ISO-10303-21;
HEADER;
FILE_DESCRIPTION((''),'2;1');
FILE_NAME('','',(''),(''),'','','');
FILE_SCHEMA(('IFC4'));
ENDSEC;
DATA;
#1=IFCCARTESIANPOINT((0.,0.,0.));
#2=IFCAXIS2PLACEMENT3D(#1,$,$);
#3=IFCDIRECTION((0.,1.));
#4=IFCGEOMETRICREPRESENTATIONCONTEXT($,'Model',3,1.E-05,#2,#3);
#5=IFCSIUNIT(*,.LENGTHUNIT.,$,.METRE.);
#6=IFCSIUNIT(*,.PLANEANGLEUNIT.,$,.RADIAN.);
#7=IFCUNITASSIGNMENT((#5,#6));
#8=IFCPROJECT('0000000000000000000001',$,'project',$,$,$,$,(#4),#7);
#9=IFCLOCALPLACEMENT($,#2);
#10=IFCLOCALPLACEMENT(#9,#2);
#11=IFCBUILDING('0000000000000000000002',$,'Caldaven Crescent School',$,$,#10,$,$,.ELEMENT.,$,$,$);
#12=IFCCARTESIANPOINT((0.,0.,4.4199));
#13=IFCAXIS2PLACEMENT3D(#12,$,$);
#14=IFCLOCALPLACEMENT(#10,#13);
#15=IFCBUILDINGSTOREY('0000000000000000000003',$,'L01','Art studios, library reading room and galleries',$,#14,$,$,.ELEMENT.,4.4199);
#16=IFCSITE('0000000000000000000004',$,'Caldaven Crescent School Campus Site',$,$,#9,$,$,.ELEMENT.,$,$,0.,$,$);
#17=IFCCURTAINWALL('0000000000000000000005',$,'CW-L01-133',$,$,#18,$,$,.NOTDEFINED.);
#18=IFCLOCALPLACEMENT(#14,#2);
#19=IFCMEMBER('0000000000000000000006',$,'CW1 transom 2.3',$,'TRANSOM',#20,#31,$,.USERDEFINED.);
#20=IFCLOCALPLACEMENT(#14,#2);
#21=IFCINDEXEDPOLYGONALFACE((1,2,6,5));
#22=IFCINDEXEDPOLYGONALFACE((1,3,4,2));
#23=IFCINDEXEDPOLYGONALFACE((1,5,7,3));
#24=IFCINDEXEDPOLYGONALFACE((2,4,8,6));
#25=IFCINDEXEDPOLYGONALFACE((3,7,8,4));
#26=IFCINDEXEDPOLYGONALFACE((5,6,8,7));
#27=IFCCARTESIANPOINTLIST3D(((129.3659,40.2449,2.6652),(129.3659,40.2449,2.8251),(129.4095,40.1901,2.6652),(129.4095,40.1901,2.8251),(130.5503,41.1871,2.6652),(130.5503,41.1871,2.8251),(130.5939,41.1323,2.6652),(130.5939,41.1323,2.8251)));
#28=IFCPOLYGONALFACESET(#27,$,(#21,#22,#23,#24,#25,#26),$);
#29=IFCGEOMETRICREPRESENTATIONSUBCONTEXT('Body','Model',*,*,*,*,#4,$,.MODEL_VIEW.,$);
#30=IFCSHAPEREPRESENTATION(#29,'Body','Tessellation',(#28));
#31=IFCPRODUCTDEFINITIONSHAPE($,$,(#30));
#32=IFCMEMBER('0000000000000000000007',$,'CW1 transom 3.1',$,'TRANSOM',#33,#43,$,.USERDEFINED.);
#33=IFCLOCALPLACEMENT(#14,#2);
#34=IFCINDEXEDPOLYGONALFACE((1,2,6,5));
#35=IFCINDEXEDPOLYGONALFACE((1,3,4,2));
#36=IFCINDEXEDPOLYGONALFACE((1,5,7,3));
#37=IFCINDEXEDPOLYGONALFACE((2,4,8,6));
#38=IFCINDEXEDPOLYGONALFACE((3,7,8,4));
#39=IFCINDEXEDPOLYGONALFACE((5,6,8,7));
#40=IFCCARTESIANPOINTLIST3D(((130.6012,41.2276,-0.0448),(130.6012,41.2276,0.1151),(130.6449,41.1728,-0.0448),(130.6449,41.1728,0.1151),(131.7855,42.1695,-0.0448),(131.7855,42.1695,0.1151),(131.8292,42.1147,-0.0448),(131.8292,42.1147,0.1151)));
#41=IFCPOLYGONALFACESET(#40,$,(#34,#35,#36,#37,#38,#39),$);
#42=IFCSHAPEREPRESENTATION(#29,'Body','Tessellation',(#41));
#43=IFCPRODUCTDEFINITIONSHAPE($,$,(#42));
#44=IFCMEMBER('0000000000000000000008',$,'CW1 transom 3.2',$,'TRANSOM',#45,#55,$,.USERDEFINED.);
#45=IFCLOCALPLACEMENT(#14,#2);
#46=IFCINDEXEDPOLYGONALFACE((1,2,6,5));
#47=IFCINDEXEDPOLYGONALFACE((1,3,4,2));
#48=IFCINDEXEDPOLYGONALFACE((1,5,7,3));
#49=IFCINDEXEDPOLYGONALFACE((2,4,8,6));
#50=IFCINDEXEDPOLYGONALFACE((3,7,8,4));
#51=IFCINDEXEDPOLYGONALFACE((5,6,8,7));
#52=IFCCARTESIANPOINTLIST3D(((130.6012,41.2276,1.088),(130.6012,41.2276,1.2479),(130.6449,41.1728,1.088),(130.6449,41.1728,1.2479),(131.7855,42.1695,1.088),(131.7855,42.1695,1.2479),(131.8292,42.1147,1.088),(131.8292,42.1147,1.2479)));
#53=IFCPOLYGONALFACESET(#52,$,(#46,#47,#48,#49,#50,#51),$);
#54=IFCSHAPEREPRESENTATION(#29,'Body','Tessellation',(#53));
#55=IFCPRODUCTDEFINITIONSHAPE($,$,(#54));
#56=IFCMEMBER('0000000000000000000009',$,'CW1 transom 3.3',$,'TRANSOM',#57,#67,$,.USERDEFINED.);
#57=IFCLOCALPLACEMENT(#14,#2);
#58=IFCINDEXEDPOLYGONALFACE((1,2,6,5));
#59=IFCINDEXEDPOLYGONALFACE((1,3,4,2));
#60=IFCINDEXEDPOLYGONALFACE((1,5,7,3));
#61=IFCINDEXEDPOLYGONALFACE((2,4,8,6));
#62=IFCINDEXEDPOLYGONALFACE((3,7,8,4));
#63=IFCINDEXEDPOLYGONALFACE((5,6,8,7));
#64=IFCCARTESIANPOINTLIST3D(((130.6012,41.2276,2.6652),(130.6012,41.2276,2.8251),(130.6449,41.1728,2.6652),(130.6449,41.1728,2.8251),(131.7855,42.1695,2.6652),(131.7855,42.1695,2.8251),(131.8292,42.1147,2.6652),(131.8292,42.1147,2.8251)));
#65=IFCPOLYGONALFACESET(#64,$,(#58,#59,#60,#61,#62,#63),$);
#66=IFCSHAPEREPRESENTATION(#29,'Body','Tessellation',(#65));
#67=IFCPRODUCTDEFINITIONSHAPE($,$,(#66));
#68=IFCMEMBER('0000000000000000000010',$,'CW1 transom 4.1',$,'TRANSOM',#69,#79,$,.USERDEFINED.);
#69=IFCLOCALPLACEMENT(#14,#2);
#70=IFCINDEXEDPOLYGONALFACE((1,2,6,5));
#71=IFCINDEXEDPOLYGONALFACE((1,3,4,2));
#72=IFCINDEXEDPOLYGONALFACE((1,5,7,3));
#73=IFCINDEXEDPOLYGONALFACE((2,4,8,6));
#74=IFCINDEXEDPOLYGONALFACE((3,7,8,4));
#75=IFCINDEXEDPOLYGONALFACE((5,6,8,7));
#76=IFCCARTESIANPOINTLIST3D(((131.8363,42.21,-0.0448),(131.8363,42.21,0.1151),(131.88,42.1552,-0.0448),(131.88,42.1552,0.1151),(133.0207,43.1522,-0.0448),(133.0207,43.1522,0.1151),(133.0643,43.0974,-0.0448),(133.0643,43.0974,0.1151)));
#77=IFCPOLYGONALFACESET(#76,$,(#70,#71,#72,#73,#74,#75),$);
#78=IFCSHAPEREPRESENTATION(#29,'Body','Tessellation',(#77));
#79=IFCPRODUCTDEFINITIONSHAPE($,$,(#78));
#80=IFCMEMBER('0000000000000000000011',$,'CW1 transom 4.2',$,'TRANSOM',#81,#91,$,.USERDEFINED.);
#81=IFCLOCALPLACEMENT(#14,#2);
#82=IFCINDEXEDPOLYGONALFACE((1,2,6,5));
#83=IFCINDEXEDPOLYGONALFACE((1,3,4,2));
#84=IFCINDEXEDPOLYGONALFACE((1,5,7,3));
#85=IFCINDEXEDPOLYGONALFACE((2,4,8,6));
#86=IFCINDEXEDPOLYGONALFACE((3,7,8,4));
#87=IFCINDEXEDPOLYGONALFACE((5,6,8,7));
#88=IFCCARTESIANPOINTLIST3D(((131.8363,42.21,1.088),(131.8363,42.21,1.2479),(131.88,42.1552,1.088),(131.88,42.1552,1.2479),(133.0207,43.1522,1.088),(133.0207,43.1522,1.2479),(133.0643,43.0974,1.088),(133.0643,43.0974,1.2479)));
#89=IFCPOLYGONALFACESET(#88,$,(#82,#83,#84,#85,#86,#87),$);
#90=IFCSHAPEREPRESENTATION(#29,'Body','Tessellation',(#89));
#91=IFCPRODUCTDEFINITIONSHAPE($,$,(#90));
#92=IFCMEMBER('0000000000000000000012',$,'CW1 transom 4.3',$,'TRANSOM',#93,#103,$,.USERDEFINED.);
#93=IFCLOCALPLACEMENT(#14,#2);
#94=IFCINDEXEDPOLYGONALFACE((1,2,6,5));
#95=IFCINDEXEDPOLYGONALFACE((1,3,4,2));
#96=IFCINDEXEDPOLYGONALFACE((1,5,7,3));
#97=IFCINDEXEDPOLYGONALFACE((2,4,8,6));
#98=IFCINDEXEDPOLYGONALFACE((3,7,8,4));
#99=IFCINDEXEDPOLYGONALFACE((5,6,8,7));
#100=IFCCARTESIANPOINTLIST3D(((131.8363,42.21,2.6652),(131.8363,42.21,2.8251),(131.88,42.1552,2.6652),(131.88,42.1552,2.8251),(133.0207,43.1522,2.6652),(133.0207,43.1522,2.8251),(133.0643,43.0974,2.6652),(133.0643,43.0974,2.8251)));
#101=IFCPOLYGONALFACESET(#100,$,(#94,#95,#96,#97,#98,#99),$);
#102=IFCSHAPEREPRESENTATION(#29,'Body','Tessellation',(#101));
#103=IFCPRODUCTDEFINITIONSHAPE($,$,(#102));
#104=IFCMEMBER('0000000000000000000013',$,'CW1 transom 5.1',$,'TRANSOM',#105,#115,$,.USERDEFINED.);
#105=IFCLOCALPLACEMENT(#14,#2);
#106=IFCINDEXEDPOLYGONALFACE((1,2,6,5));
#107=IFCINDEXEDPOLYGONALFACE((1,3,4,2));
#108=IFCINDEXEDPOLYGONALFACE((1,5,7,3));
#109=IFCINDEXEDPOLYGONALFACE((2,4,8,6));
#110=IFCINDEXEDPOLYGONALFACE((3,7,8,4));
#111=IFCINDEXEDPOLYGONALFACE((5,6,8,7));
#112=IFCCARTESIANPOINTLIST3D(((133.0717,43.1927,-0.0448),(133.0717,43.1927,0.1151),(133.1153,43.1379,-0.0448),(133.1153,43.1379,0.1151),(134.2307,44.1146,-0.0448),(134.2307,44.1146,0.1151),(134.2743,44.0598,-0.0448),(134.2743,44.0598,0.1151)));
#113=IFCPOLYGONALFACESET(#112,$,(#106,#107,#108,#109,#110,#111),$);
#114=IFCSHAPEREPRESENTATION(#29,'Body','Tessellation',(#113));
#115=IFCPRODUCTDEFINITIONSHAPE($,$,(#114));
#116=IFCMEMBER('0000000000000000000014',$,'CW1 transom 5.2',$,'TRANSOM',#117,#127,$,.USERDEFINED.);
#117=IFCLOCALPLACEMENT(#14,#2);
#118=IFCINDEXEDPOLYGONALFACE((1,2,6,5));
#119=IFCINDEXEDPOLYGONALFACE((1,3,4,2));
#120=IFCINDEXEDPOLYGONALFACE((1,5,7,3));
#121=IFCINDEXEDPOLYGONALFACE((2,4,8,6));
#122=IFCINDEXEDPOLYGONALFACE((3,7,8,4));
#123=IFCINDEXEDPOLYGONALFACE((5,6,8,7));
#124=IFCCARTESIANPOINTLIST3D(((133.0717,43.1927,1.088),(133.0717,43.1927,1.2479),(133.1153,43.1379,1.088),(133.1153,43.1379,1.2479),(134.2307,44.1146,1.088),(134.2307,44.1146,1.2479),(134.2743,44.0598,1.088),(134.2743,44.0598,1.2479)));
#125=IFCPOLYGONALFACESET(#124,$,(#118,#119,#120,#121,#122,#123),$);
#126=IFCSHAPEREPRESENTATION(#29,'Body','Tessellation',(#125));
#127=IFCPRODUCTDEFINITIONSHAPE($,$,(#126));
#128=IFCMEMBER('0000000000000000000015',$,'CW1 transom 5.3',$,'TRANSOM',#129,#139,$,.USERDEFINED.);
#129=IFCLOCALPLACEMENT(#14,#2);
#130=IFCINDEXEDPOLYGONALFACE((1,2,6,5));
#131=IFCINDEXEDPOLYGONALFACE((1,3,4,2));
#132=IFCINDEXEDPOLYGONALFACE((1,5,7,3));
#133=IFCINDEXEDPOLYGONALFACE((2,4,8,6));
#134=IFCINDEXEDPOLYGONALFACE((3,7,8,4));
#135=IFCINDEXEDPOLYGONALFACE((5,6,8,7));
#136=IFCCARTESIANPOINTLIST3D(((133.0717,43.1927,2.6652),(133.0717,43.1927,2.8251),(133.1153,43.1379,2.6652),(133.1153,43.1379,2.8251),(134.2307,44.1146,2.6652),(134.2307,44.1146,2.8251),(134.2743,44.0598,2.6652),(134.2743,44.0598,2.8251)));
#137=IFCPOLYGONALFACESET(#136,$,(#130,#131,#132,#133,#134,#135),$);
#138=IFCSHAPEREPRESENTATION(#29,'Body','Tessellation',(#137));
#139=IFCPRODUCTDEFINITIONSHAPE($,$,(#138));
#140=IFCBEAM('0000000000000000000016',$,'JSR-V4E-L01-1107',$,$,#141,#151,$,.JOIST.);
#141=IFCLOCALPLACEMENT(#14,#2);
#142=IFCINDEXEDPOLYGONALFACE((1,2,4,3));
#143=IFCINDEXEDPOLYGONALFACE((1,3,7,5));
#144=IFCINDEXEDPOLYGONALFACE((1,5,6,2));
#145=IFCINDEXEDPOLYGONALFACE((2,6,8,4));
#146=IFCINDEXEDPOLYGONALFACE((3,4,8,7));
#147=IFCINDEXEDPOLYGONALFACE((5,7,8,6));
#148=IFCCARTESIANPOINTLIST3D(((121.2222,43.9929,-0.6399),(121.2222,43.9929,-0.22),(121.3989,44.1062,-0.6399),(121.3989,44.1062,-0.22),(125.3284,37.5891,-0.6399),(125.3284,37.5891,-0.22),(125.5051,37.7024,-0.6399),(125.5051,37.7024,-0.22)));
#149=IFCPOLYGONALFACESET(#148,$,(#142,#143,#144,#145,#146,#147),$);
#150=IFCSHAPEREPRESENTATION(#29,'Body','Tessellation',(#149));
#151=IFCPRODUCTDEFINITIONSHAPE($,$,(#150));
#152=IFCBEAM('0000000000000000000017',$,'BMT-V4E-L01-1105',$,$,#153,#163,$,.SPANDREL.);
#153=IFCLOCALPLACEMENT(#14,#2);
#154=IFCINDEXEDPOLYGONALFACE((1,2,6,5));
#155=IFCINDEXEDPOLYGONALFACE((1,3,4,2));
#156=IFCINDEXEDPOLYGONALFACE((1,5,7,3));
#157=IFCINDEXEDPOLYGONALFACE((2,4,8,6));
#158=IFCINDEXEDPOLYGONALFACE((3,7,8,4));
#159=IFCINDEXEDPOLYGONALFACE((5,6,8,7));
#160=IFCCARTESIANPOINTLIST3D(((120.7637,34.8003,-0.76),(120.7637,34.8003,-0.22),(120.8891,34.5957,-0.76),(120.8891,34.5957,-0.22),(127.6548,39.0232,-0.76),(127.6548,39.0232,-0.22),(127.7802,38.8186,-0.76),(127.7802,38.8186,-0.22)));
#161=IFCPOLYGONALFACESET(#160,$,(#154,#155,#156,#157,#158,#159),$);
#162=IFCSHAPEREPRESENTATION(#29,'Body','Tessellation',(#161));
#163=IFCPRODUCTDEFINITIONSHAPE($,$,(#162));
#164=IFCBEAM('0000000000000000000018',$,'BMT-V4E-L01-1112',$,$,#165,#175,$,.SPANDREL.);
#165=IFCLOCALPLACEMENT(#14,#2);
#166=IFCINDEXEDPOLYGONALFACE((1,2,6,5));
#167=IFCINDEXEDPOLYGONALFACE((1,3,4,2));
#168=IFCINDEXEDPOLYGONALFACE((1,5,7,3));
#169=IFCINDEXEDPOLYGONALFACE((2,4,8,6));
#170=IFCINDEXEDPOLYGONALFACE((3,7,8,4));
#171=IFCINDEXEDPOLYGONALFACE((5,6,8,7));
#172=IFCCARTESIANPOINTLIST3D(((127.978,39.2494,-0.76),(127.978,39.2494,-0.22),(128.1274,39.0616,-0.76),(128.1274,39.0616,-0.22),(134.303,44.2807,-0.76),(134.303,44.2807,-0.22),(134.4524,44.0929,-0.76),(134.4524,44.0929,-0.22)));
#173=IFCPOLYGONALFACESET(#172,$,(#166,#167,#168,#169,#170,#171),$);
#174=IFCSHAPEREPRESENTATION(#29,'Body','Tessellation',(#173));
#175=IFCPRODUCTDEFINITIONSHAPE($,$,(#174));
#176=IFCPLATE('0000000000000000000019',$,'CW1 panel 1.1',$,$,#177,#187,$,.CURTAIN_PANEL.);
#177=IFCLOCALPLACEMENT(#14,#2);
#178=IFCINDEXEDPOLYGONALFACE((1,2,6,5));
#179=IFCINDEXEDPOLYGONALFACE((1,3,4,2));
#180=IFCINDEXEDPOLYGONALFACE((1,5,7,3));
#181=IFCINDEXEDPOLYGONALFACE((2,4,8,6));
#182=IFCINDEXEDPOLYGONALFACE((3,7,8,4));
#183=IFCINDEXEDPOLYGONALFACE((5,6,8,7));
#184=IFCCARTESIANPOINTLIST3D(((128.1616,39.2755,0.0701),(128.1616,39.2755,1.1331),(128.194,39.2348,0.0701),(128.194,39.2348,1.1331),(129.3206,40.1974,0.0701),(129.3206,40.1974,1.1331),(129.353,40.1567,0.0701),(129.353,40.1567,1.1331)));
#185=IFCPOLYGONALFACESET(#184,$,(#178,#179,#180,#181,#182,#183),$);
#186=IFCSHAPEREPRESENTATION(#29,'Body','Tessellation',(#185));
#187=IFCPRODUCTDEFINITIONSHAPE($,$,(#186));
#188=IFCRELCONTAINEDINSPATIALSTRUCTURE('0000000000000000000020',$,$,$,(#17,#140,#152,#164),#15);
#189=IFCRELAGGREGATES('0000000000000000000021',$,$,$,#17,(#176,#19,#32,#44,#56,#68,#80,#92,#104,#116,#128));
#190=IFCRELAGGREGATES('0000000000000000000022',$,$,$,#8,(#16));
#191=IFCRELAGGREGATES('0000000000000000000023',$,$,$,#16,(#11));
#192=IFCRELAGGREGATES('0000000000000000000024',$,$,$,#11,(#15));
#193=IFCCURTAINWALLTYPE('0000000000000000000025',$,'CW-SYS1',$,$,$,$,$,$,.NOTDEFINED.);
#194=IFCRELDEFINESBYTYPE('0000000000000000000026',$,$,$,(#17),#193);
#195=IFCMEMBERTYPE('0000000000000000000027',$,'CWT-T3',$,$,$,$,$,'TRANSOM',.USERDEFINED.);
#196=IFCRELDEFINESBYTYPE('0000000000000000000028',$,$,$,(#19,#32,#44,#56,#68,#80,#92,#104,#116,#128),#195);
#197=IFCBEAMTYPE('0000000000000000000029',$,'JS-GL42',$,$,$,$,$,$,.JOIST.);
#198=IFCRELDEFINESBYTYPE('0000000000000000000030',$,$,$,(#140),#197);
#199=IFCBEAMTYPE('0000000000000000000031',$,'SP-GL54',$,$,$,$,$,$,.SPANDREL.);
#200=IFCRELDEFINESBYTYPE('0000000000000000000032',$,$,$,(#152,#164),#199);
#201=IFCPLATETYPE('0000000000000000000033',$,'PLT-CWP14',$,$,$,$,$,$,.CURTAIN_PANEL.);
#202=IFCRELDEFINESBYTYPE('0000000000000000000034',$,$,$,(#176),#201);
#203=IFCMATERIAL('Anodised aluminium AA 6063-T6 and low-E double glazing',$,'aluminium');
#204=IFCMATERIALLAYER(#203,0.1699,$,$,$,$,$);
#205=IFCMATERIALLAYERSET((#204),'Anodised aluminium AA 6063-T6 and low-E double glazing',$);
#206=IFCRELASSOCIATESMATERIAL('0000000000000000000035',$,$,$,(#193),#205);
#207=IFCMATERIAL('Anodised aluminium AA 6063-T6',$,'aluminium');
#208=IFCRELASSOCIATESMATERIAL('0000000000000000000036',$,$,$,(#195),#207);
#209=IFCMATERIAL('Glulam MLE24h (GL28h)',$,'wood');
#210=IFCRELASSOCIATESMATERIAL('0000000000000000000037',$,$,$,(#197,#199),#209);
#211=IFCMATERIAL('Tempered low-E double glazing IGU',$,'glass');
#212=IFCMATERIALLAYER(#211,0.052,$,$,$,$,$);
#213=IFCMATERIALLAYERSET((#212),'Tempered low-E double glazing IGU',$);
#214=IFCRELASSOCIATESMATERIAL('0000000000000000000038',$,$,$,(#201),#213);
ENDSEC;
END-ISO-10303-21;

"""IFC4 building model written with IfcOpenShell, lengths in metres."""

from ifc_helpers import new_model, si_unit, direction, frame, origin, origin_2d, place, context, subcontext, project, spatial, rectangle, extrude, material, layer, layer_set, material_profile, profile_set, type_object, element, aggregate, save


model = new_model("IFC4")

# Units and contexts
model_context = context("Model", 3, precision=1e-05, world=origin(), true_north=direction((0.0, 1.0)))
body_context = subcontext(model_context, "Body", "Model", "MODEL_VIEW")
ifc_project = project(units=[si_unit("LENGTHUNIT", "METRE"), si_unit("PLANEANGLEUNIT", "RADIAN")], contexts=[model_context])

# Site, building, storey
site_placement = place(None, origin())
site = spatial("IfcSite", under=ifc_project, at=site_placement, Name="Caldaven Crescent School Campus Site", CompositionType="ELEMENT", RefElevation=0.0)
building_placement = place(site_placement, origin())
building = spatial("IfcBuilding", under=site, at=building_placement, Name="Caldaven Crescent School", CompositionType="ELEMENT")
storey_placement = place(building_placement, frame((0.0, 0.0, 4.4199)))
storey = spatial("IfcBuildingStorey", under=building, at=storey_placement, Name="L01", Description="Art studios, library reading room and galleries", CompositionType="ELEMENT", Elevation=4.4199)

# Shared definitions
ifc_material_1 = material(Name="Glulam MLE24h (GL28h)", Category="wood")

# Curtain wall, members
ifc_material_2 = material(Name="Anodised aluminium AA 6063-T6 and low-E double glazing", Category="aluminium")
ifc_layer_1 = layer(ifc_material_2, 0.1699)
ifc_layer_set_1 = layer_set([ifc_layer_1], Name="Anodised aluminium AA 6063-T6 and low-E double glazing")
curtain_wall_type = type_object("IfcCurtainWallType", Name="CW-SYS1", PredefinedType="NOTDEFINED", material=ifc_layer_set_1)
curtain_wall_placement = place(storey_placement, origin())
curtain_wall = element("IfcCurtainWall", 1, at=curtain_wall_placement, inside=storey, type_object=curtain_wall_type, Name="CW-L01-133", PredefinedType="NOTDEFINED")
ifc_material_3 = material(Name="Anodised aluminium AA 6063-T6", Category="aluminium")
ifc_material_profile_1 = material_profile(ifc_material_3, rectangle(XDim=0.0701, YDim=0.1599, at=origin_2d()), Name="CWT 70x160")
ifc_profile_set_1 = profile_set([ifc_material_profile_1], Name="Anodised aluminium AA 6063-T6")
member_type_1 = type_object("IfcMemberType", Name="CWT-T3", ElementType="TRANSOM", PredefinedType="USERDEFINED", material=ifc_profile_set_1)
member_1_placement = place(storey_placement, frame((129.3877, 40.2175, 2.7451), z_axis=(0.782581, 0.622548, 0.0), x_axis=(-0.622548, 0.782581, 0.0)))
member_1 = element("IfcMember", 2, at=member_1_placement, type_object=member_type_1, Name="CW1 transom 2.3", ObjectType="TRANSOM", PredefinedType="USERDEFINED", context=body_context, shape_type="SweptSolid", body=[
    extrude(rectangle(XDim=0.0701, YDim=0.1599, at=origin_2d()), origin(), (0.0, 0.0, 1.0), 1.5134),
])
member_2_placement = place(storey_placement, frame((130.623, 41.2002, 0.0352), z_axis=(0.78266, 0.622449, 0.0), x_axis=(-0.622449, 0.78266, 0.0)))
member_2 = element("IfcMember", 3, at=member_2_placement, type_object=member_type_1, Name="CW1 transom 3.1", ObjectType="TRANSOM", PredefinedType="USERDEFINED", context=body_context, shape_type="SweptSolid", body=[
    extrude(rectangle(XDim=0.0701, YDim=0.1599, at=origin_2d()), origin(), (0.0, 0.0, 1.0), 1.5132),
])
member_3_placement = place(storey_placement, frame((130.623, 41.2002, 1.168), z_axis=(0.78266, 0.622449, 0.0), x_axis=(-0.622449, 0.78266, 0.0)))
member_3 = element("IfcMember", 4, at=member_3_placement, type_object=member_type_1, Name="CW1 transom 3.2", ObjectType="TRANSOM", PredefinedType="USERDEFINED", context=body_context, shape_type="SweptSolid", body=[
    extrude(rectangle(XDim=0.0701, YDim=0.1599, at=origin_2d()), origin(), (0.0, 0.0, 1.0), 1.5132),
])
member_4_placement = place(storey_placement, frame((130.623, 41.2002, 2.7451), z_axis=(0.78266, 0.622449, 0.0), x_axis=(-0.622449, 0.78266, 0.0)))
member_4 = element("IfcMember", 5, at=member_4_placement, type_object=member_type_1, Name="CW1 transom 3.3", ObjectType="TRANSOM", PredefinedType="USERDEFINED", context=body_context, shape_type="SweptSolid", body=[
    extrude(rectangle(XDim=0.0701, YDim=0.1599, at=origin_2d()), origin(), (0.0, 0.0, 1.0), 1.5132),
])
member_5_placement = place(storey_placement, frame((131.8582, 42.1826, 0.0352), z_axis=(0.782581, 0.622548, 0.0), x_axis=(-0.622548, 0.782581, 0.0)))
member_5 = element("IfcMember", 6, at=member_5_placement, type_object=member_type_1, Name="CW1 transom 4.1", ObjectType="TRANSOM", PredefinedType="USERDEFINED", context=body_context, shape_type="SweptSolid", body=[
    extrude(rectangle(XDim=0.0701, YDim=0.1599, at=origin_2d()), origin(), (0.0, 0.0, 1.0), 1.5134),
])
member_6_placement = place(storey_placement, frame((131.8582, 42.1826, 1.168), z_axis=(0.782581, 0.622548, 0.0), x_axis=(-0.622548, 0.782581, 0.0)))
member_6 = element("IfcMember", 7, at=member_6_placement, type_object=member_type_1, Name="CW1 transom 4.2", ObjectType="TRANSOM", PredefinedType="USERDEFINED", context=body_context, shape_type="SweptSolid", body=[
    extrude(rectangle(XDim=0.0701, YDim=0.1599, at=origin_2d()), origin(), (0.0, 0.0, 1.0), 1.5134),
])
member_7_placement = place(storey_placement, frame((131.8582, 42.1826, 2.7451), z_axis=(0.782581, 0.622548, 0.0), x_axis=(-0.622548, 0.782581, 0.0)))
member_7 = element("IfcMember", 8, at=member_7_placement, type_object=member_type_1, Name="CW1 transom 4.3", ObjectType="TRANSOM", PredefinedType="USERDEFINED", context=body_context, shape_type="SweptSolid", body=[
    extrude(rectangle(XDim=0.0701, YDim=0.1599, at=origin_2d()), origin(), (0.0, 0.0, 1.0), 1.5134),
])
member_8_placement = place(storey_placement, frame((133.0935, 43.1653, 0.0352), z_axis=(0.782603, 0.622521, 0.0), x_axis=(-0.622521, 0.782603, 0.0)))
member_8 = element("IfcMember", 9, at=member_8_placement, type_object=member_type_1, Name="CW1 transom 5.1", ObjectType="TRANSOM", PredefinedType="USERDEFINED", context=body_context, shape_type="SweptSolid", body=[
    extrude(rectangle(XDim=0.0701, YDim=0.1599, at=origin_2d()), origin(), (0.0, 0.0, 1.0), 1.481),
])
member_9_placement = place(storey_placement, frame((133.0935, 43.1653, 1.168), z_axis=(0.782603, 0.622521, 0.0), x_axis=(-0.622521, 0.782603, 0.0)))
member_9 = element("IfcMember", 10, at=member_9_placement, type_object=member_type_1, Name="CW1 transom 5.2", ObjectType="TRANSOM", PredefinedType="USERDEFINED", context=body_context, shape_type="SweptSolid", body=[
    extrude(rectangle(XDim=0.0701, YDim=0.1599, at=origin_2d()), origin(), (0.0, 0.0, 1.0), 1.481),
])
member_10_placement = place(storey_placement, frame((133.0935, 43.1653, 2.7451), z_axis=(0.782603, 0.622521, 0.0), x_axis=(-0.622521, 0.782603, 0.0)))
member_10 = element("IfcMember", 11, at=member_10_placement, type_object=member_type_1, Name="CW1 transom 5.3", ObjectType="TRANSOM", PredefinedType="USERDEFINED", context=body_context, shape_type="SweptSolid", body=[
    extrude(rectangle(XDim=0.0701, YDim=0.1599, at=origin_2d()), origin(), (0.0, 0.0, 1.0), 1.481),
])

# Beams
ifc_material_profile_2 = material_profile(ifc_material_1, rectangle(XDim=0.21, YDim=0.4199, at=origin_2d()), Name="MLE 210x420")
ifc_profile_set_2 = profile_set([ifc_material_profile_2], Name="Glulam MLE24h (GL28h)")
beam_type_1 = type_object("IfcBeamType", Name="JS-GL42", PredefinedType="JOIST", material=ifc_profile_set_2)
beam_1_placement = place(storey_placement, frame((121.3105, 44.0496, -0.4299), z_axis=(0.539778, -0.841808, 0.0), x_axis=(0.841808, 0.539778, 0.0)))
element("IfcBeam", 12, at=beam_1_placement, inside=storey, type_object=beam_type_1, Name="JSR-V4E-L01-1107", PredefinedType="JOIST", context=body_context, shape_type="SweptSolid", body=[
    extrude(rectangle(XDim=0.21, YDim=0.4199, at=origin_2d()), origin(), (0.0, 0.0, 1.0), 7.6072),
])
ifc_material_profile_3 = material_profile(ifc_material_1, rectangle(XDim=0.24, YDim=0.54, at=origin_2d()), Name="MLE 240x540")
ifc_profile_set_3 = profile_set([ifc_material_profile_3], Name="Glulam MLE24h (GL28h)")
beam_type_2 = type_object("IfcBeamType", Name="SP-GL54", PredefinedType="SPANDREL", material=ifc_profile_set_3)
for number, where, z_axis, x_axis, name in (
    (13, (120.8264, 34.698, -0.49), (0.852639, 0.5225, 0.0), (-0.5225, 0.852639, 0.0), "BMT-V4E-L01-1105"),
    (14, (128.0527, 39.1555, -0.49), (0.782599, 0.622527, 0.0), (-0.622527, 0.782599, 0.0), "BMT-V4E-L01-1112"),
):
    element("IfcBeam", number, at=place(storey_placement, frame(where, z_axis=z_axis, x_axis=x_axis)), inside=storey, type_object=beam_type_2, Name=name, PredefinedType="SPANDREL", context=body_context, shape_type="SweptSolid", body=[
        extrude(rectangle(XDim=0.24, YDim=0.54, at=origin_2d()), origin(), (0.0, 0.0, 1.0), 8.082),
    ])

# Plate
ifc_material_4 = material(Name="Tempered low-E double glazing IGU", Category="glass")
ifc_layer_2 = layer(ifc_material_4, 0.052)
ifc_layer_set_2 = layer_set([ifc_layer_2], Name="Tempered low-E double glazing IGU")
plate_type = type_object("IfcPlateType", Name="PLT-CWP14", PredefinedType="CURTAIN_PANEL", material=ifc_layer_set_2)
plate_1_placement = place(storey_placement, frame((128.7573, 39.7161, 0.0701), z_axis=(0.0, 0.0, 1.0), x_axis=(0.782608, 0.622514, 0.0)))
plate_1 = element("IfcPlate", 15, at=plate_1_placement, type_object=plate_type, Name="CW1 panel 1.1", PredefinedType="CURTAIN_PANEL", context=body_context, shape_type="SweptSolid", body=[
    extrude(rectangle(XDim=1.481, YDim=0.052, at=origin_2d()), origin(), (0.0, 0.0, 1.0), 1.063),
])
aggregate(curtain_wall, [plate_1, member_1, member_2, member_3, member_4, member_5, member_6, member_7, member_8, member_9, member_10])

save(model, "model.ifc")
